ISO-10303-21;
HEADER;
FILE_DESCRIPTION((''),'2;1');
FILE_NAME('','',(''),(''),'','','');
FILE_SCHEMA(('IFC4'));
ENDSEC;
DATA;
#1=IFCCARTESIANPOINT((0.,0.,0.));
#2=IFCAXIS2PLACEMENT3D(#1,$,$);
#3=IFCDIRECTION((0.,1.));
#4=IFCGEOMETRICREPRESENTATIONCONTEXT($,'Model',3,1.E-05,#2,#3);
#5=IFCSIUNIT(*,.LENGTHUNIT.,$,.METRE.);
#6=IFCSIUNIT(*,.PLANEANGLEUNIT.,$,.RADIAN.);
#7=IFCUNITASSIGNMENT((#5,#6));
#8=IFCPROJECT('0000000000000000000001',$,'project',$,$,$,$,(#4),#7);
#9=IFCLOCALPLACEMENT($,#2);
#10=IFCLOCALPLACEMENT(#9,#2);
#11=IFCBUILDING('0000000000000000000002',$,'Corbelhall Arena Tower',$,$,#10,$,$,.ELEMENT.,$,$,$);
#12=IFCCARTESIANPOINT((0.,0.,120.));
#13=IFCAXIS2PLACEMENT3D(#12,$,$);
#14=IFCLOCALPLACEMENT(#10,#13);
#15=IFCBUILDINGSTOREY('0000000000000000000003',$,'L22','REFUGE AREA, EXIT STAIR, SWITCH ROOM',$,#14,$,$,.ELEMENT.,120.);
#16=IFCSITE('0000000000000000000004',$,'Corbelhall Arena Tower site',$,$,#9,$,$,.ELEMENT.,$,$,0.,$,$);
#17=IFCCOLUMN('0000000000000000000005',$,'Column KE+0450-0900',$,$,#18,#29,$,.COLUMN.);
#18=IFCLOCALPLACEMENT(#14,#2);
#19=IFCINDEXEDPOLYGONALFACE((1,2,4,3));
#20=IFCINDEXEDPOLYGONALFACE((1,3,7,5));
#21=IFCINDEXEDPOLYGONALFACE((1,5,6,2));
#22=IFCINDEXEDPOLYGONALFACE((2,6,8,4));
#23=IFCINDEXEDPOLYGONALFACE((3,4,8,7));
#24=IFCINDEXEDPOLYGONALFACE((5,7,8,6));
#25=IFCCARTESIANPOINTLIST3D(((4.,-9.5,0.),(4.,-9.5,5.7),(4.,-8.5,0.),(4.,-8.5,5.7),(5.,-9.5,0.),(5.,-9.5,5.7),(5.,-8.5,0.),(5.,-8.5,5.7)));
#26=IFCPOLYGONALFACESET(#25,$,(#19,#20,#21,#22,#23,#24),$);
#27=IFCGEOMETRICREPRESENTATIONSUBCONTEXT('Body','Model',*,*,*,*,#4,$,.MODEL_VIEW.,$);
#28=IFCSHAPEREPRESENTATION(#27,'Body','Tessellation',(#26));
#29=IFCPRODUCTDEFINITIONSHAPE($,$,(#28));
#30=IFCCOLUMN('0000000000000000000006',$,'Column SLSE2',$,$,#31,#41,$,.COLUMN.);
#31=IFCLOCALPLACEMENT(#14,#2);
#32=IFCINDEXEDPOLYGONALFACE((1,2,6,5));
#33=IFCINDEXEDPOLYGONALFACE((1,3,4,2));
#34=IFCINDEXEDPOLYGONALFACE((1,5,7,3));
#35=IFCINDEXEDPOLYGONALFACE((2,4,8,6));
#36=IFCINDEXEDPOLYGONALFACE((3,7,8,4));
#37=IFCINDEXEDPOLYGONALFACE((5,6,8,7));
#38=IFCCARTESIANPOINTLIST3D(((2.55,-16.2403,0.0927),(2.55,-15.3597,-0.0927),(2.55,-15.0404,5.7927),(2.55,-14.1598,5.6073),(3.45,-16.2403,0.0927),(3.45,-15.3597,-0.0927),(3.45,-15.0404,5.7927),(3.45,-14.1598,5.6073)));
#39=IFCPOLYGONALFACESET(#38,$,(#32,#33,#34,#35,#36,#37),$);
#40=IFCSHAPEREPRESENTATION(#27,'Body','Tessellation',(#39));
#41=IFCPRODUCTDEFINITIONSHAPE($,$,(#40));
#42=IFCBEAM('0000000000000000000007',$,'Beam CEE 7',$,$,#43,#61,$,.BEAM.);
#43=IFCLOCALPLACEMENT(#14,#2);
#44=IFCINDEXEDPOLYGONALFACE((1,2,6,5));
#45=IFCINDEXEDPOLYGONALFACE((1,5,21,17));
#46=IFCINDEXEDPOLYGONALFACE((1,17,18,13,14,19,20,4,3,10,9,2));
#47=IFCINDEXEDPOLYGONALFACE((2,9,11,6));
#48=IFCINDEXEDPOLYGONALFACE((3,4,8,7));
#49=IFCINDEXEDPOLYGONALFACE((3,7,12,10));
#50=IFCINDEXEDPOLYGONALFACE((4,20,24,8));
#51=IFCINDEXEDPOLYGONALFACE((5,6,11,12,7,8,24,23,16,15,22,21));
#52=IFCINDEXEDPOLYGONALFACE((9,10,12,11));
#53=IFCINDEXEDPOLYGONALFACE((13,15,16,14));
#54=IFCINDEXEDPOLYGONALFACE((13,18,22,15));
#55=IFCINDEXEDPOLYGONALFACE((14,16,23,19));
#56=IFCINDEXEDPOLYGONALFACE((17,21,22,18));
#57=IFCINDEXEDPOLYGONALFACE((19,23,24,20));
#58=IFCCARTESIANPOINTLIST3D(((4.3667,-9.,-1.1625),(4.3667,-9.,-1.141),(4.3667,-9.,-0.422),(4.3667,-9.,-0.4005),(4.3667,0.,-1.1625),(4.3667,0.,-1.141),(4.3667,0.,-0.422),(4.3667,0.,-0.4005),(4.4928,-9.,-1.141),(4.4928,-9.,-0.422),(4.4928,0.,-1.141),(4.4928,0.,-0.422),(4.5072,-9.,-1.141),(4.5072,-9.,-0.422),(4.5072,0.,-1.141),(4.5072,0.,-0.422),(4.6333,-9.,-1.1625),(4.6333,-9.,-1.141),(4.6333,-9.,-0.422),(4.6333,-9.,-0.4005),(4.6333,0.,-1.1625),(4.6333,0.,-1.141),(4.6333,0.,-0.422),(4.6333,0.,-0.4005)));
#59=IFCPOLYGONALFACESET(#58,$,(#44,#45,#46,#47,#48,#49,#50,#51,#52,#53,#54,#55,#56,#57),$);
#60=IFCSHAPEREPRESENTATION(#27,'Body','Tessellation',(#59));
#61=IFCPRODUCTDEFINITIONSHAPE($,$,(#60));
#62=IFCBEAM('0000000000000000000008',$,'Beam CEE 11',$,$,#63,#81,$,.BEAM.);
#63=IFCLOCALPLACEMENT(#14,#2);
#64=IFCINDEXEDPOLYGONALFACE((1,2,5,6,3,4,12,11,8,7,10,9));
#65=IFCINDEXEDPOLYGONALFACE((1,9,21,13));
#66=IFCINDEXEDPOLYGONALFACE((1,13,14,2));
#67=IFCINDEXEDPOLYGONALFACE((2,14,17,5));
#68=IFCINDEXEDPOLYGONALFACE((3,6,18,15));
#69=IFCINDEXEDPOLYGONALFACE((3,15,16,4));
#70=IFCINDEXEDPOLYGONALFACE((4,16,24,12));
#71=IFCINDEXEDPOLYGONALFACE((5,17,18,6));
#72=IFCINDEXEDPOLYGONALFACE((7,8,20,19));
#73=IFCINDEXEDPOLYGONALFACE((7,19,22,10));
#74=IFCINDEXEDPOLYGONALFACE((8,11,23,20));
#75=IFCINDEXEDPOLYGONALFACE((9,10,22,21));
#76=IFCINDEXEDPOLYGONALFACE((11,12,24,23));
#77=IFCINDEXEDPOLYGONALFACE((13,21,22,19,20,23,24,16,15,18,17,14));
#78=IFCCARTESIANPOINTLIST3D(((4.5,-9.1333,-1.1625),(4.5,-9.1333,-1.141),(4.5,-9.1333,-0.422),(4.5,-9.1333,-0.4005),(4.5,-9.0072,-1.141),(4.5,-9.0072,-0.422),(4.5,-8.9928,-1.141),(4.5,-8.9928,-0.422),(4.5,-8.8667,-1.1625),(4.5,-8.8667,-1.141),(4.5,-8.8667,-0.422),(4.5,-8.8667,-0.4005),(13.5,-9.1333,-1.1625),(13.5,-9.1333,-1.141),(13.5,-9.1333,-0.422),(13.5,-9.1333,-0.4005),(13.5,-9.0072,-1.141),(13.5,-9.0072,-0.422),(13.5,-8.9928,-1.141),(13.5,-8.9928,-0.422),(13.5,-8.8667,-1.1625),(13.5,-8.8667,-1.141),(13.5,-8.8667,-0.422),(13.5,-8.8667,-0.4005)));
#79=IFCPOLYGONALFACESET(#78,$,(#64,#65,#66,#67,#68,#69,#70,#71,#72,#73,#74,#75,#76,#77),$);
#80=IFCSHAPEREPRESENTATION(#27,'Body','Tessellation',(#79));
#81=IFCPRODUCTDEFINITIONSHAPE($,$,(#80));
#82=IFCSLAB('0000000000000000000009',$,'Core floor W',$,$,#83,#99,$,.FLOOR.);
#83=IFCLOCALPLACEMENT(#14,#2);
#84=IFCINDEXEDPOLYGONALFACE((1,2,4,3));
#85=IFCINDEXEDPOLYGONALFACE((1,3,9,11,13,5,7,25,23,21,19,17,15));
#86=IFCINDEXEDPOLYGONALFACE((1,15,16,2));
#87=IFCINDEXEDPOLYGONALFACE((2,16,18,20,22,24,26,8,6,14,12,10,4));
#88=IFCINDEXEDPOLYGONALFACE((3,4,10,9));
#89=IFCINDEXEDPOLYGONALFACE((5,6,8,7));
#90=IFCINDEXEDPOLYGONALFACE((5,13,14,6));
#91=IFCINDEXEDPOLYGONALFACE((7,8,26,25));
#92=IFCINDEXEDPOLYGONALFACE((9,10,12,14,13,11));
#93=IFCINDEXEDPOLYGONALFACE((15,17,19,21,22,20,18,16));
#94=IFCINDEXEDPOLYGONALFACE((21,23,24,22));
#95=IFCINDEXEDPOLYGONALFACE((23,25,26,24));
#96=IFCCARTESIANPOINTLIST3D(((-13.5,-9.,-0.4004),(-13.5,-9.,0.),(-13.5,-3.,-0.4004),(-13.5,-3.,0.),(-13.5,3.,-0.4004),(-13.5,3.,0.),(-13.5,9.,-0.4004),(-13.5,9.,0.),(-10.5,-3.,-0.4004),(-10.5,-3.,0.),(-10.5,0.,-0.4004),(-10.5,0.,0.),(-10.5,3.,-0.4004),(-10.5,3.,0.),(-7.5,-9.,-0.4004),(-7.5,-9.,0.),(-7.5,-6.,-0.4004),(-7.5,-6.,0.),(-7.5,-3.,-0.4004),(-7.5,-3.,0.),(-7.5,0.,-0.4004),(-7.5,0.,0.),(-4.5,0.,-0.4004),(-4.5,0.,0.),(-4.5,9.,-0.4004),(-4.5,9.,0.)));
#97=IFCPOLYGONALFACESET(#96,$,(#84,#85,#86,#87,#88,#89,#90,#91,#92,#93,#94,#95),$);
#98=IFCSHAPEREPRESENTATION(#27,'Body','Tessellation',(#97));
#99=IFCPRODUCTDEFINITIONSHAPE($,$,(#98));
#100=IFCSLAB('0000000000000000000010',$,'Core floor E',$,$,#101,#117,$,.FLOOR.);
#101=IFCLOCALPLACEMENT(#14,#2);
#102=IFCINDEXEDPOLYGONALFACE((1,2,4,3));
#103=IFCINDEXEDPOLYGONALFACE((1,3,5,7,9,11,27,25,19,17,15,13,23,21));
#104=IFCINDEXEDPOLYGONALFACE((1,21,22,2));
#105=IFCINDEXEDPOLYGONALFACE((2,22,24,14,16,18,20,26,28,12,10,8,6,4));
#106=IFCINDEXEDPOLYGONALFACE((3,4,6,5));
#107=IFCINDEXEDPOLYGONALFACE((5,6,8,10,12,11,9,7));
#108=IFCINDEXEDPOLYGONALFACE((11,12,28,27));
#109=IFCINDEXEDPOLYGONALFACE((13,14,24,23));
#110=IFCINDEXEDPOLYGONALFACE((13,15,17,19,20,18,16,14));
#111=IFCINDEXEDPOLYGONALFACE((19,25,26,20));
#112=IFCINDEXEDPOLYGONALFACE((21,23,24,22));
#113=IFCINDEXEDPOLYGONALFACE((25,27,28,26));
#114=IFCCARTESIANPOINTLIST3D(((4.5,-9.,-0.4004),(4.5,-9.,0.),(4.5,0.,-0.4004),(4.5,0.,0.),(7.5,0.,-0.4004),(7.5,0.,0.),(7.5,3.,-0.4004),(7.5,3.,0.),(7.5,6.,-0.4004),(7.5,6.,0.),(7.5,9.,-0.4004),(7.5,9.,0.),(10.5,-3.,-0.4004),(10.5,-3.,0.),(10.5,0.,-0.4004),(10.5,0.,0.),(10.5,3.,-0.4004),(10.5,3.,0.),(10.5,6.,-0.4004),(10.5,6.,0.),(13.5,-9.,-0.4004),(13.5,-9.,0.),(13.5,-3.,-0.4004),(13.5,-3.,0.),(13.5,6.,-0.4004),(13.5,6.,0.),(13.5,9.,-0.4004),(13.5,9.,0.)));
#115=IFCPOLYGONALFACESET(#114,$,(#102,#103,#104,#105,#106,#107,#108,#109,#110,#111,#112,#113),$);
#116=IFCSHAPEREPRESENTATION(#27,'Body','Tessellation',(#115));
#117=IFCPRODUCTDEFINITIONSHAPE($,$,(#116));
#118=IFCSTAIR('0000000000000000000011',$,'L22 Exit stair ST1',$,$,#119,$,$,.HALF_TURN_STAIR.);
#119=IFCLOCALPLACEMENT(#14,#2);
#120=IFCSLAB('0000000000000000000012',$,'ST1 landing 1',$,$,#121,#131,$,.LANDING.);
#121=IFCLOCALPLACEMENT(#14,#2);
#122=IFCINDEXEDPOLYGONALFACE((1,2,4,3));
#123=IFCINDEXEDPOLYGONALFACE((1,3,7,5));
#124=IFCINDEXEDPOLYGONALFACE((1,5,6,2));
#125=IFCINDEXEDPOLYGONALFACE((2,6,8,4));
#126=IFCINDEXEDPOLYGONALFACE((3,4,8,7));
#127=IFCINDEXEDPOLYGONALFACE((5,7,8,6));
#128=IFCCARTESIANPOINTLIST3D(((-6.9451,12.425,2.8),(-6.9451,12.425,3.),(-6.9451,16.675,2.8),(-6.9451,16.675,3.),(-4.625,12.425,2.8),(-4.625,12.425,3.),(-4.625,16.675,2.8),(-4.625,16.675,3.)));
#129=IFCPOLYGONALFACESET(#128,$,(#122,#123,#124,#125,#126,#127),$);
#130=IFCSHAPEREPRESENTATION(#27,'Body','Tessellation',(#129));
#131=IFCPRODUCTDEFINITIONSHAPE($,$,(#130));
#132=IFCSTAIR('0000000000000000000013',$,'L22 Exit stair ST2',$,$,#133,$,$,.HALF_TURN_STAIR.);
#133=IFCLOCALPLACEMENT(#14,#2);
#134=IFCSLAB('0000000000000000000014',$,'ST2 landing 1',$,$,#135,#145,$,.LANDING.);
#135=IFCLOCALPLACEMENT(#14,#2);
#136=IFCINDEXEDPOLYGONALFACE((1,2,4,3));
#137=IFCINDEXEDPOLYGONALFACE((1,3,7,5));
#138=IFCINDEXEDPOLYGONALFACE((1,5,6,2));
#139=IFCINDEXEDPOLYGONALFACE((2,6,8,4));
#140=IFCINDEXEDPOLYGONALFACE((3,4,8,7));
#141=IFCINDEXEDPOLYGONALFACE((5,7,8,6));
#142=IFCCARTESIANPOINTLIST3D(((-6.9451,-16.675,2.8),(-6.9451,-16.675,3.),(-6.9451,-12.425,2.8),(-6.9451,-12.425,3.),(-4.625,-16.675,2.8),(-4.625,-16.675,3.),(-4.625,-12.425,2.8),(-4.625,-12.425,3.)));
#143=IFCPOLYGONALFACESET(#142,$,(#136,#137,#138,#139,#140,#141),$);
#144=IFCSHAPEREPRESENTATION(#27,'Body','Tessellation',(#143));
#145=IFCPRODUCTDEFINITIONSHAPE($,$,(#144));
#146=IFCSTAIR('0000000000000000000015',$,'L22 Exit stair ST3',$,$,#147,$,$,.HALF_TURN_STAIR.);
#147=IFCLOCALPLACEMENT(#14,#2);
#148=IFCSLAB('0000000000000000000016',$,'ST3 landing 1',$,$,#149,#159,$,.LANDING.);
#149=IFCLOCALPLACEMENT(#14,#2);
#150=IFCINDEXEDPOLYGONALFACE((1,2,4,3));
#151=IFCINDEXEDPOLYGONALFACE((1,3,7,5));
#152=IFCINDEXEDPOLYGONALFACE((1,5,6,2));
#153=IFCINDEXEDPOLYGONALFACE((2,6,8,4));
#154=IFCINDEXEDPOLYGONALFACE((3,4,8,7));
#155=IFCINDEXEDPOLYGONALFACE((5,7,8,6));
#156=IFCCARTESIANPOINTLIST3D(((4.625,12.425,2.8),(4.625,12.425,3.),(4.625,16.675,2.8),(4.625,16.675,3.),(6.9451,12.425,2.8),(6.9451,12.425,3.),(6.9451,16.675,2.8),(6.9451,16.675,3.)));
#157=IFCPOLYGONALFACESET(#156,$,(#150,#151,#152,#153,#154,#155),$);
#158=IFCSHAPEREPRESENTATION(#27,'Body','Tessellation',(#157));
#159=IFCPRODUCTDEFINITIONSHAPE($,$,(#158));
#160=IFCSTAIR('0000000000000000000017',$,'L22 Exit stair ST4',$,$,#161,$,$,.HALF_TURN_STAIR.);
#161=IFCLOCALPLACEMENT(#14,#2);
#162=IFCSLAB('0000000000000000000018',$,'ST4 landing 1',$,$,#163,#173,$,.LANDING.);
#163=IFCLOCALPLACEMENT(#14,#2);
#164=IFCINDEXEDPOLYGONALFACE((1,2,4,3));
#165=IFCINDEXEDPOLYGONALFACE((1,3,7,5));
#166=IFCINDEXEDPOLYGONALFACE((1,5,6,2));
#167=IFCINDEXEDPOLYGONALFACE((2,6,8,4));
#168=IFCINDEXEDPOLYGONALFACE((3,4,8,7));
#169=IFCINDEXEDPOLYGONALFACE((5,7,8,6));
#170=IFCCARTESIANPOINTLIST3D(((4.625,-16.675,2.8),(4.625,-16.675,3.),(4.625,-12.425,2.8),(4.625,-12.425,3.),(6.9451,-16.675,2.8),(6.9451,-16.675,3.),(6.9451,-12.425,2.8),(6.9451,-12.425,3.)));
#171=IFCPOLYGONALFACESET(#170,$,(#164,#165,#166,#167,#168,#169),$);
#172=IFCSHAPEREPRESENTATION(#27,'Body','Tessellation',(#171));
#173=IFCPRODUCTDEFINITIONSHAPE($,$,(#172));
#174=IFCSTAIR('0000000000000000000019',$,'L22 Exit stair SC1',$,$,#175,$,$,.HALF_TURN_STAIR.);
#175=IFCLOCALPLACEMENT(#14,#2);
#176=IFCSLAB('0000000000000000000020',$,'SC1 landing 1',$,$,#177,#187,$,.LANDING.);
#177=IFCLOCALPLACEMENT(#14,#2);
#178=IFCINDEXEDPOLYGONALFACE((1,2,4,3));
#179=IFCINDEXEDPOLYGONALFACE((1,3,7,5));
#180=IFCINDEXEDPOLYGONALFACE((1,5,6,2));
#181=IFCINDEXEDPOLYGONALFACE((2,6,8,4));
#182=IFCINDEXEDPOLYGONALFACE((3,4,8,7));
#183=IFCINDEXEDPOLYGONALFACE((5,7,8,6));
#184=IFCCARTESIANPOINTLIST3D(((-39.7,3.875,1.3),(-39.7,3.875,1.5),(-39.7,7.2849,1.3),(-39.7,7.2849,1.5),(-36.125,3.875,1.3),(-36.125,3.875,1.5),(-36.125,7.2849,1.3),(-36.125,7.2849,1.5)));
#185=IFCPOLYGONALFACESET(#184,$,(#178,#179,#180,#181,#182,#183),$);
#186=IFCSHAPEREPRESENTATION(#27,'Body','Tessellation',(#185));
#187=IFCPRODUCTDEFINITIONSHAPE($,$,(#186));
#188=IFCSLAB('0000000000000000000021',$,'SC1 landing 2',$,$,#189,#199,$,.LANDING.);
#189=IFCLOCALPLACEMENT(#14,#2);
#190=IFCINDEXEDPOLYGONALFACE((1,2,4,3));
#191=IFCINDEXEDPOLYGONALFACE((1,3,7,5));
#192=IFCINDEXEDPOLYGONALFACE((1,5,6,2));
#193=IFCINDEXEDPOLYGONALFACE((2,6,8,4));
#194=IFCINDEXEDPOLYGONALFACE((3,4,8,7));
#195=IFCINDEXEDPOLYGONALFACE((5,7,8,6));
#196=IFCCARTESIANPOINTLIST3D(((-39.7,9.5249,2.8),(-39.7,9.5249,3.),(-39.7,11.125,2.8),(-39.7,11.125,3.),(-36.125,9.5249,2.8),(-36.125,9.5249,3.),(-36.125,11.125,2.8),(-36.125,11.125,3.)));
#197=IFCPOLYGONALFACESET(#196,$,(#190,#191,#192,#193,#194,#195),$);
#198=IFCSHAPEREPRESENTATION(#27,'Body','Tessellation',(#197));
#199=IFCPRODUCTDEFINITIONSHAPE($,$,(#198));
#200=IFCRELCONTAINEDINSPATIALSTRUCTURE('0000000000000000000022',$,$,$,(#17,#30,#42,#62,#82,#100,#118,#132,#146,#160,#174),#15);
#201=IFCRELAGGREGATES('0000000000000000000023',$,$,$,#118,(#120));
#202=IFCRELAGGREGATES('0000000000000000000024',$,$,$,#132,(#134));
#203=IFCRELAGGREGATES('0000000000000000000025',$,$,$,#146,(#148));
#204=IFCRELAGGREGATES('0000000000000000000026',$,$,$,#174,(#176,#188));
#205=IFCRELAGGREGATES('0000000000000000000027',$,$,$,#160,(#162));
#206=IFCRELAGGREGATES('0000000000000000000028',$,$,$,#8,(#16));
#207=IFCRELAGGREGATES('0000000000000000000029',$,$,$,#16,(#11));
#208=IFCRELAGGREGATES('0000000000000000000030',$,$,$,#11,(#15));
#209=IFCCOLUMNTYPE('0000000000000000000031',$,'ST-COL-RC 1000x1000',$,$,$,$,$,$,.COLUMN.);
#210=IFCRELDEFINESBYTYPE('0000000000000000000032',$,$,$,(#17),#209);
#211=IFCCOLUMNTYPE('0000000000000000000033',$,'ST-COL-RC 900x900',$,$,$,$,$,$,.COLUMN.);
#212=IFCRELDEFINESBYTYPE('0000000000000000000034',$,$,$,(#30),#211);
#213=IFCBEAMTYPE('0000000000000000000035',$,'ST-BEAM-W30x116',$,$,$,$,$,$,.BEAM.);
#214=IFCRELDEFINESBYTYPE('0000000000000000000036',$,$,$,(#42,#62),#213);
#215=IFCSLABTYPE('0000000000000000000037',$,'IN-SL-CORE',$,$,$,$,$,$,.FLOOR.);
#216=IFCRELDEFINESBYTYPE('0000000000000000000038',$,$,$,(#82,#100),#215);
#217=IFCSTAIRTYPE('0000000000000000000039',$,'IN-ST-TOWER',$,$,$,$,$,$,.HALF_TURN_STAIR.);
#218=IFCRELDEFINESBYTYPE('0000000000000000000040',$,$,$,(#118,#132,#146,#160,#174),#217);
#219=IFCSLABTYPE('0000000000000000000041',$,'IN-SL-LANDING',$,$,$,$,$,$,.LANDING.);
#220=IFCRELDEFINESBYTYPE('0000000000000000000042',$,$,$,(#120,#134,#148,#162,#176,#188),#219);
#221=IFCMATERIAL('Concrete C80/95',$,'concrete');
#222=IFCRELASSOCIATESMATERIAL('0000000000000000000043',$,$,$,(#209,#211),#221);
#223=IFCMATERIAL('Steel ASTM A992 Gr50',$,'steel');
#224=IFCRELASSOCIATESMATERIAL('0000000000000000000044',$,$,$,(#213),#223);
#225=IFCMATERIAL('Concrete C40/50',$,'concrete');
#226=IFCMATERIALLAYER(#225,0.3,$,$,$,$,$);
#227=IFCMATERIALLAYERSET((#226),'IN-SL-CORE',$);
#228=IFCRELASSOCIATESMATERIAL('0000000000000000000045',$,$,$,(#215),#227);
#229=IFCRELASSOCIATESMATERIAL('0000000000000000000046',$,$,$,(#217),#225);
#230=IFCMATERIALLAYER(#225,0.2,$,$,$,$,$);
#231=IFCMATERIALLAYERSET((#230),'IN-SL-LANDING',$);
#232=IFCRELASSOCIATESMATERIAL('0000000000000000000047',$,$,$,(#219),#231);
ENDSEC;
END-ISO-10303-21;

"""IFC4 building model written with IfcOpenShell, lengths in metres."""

from ifc_helpers import new_model, si_unit, direction, frame, origin, origin_2d, place, context, subcontext, project, spatial, polyline, rectangle, i_section, outline, extrude, material, layer, layer_set, material_profile, profile_set, type_object, element, aggregate, save


model = new_model("IFC4")

# Units and contexts
model_context = context("Model", 3, precision=1e-05, world=origin(), true_north=direction((0.0, 1.0)))
body_context = subcontext(model_context, "Body", "Model", "MODEL_VIEW")
ifc_project = project(units=[si_unit("LENGTHUNIT", "METRE"), si_unit("PLANEANGLEUNIT", "RADIAN")], contexts=[model_context])

# Site, building, storey
site_placement = place(None, origin())
site = spatial("IfcSite", under=ifc_project, at=site_placement, Name="Corbelhall Arena Tower site", CompositionType="ELEMENT", RefElevation=0.0)
building_placement = place(site_placement, origin())
building = spatial("IfcBuilding", under=site, at=building_placement, Name="Corbelhall Arena Tower", CompositionType="ELEMENT")
storey_placement = place(building_placement, frame((0.0, 0.0, 120.0)))
storey = spatial("IfcBuildingStorey", under=building, at=storey_placement, Name="L22", Description="REFUGE AREA, EXIT STAIR, SWITCH ROOM", CompositionType="ELEMENT", Elevation=120.0)

# Columns
ifc_material_1 = material(Name="Concrete C80/95", Category="concrete")
ifc_material_profile_1 = material_profile(ifc_material_1, rectangle(XDim=1.0, YDim=1.0, at=origin_2d()))
ifc_profile_set_1 = profile_set([ifc_material_profile_1], Name="Concrete C80/95")
column_type_1 = type_object("IfcColumnType", Name="ST-COL-RC 1000x1000", PredefinedType="COLUMN", material=ifc_profile_set_1)
column_1_placement = place(storey_placement, frame((4.5, -9.0, 0.0), z_axis=(0.0, 0.0, 1.0), x_axis=(1.0, 0.0, 0.0)))
element("IfcColumn", 1, at=column_1_placement, inside=storey, type_object=column_type_1, Name="Column KE+0450-0900", PredefinedType="COLUMN", context=body_context, shape_type="SweptSolid", body=[
    extrude(rectangle(XDim=1.0, YDim=1.0, at=origin_2d()), origin(), (0.0, 0.0, 1.0), 5.7),
])
ifc_material_profile_2 = material_profile(ifc_material_1, rectangle(XDim=0.8999, YDim=0.8999, at=origin_2d()))
ifc_profile_set_2 = profile_set([ifc_material_profile_2], Name="Concrete C80/95")
column_type_2 = type_object("IfcColumnType", Name="ST-COL-RC 900x900", PredefinedType="COLUMN", material=ifc_profile_set_2)
column_2_placement = place(storey_placement, frame((3.0, -15.8, 0.0), z_axis=(0.0, 0.206004, 0.978551), x_axis=(-1.0, 0.0, 0.0)))
element("IfcColumn", 2, at=column_2_placement, inside=storey, type_object=column_type_2, Name="Column SLSE2", PredefinedType="COLUMN", context=body_context, shape_type="SweptSolid", body=[
    extrude(rectangle(XDim=0.8999, YDim=0.8999, at=origin_2d()), origin(), (0.0, 0.0, 1.0), 5.825),
])

# Beams
ifc_material_2 = material(Name="Steel ASTM A992 Gr50", Category="steel")
ifc_material_profile_3 = material_profile(ifc_material_2, i_section(OverallWidth=0.2666, OverallDepth=0.762, WebThickness=0.0144, FlangeThickness=0.0215, at=origin_2d()))
ifc_profile_set_3 = profile_set([ifc_material_profile_3], Name="Steel ASTM A992 Gr50")
beam_type = type_object("IfcBeamType", Name="ST-BEAM-W30x116", PredefinedType="BEAM", material=ifc_profile_set_3)
for number, where, z_axis, x_axis, name in (
    (3, (4.5, -9.0, -0.7815), (0.0, 1.0, 0.0), (-1.0, 0.0, 0.0), "Beam CEE 7"),
    (4, (4.5, -9.0, -0.7815), (1.0, 0.0, 0.0), (0.0, 1.0, 0.0), "Beam CEE 11"),
):
    element("IfcBeam", number, at=place(storey_placement, frame(where, z_axis=z_axis, x_axis=x_axis)), inside=storey, type_object=beam_type, Name=name, PredefinedType="BEAM", context=body_context, shape_type="SweptSolid", body=[
        extrude(i_section(OverallWidth=0.2666, OverallDepth=0.762, WebThickness=0.0144, FlangeThickness=0.0215, at=origin_2d()), origin(), (0.0, 0.0, 1.0), 9.0),
    ])

# Slabs
ifc_material_3 = material(Name="Concrete C40/50", Category="concrete")
ifc_layer_1 = layer(ifc_material_3, 0.3)
ifc_layer_set_1 = layer_set([ifc_layer_1], Name="IN-SL-CORE")
slab_type_1 = type_object("IfcSlabType", Name="IN-SL-CORE", PredefinedType="FLOOR", material=ifc_layer_set_1)
slab_1_placement = place(storey_placement, frame((0.0, 0.0, -0.4004)))
element("IfcSlab", 5, at=slab_1_placement, inside=storey, type_object=slab_type_1, Name="Core floor W", PredefinedType="FLOOR", context=body_context, shape_type="SweptSolid", body=[
    extrude(outline(polyline([(-7.5, 0.0), (-4.5, 0.0), (-4.5, 9.0), (-13.5, 9.0), (-13.5, 3.0), (-10.5, 3.0), (-10.5, 0.0), (-10.5, -3.0), (-13.5, -3.0), (-13.5, -9.0), (-7.5, -9.0), (-7.5, -6.0), (-7.5, -3.0), (-7.5, 0.0)])), origin(), (0.0, 0.0, 1.0), 0.4004),
])
slab_2_placement = place(storey_placement, frame((0.0, 0.0, -0.4004)))
element("IfcSlab", 6, at=slab_2_placement, inside=storey, type_object=slab_type_1, Name="Core floor E", PredefinedType="FLOOR", context=body_context, shape_type="SweptSolid", body=[
    extrude(outline(polyline([(7.5, 0.0), (4.5, 0.0), (4.5, -9.0), (13.5, -9.0), (13.5, -3.0), (10.5, -3.0), (10.5, 0.0), (10.5, 3.0), (10.5, 6.0), (13.5, 6.0), (13.5, 9.0), (7.5, 9.0), (7.5, 6.0), (7.5, 3.0), (7.5, 0.0)])), origin(), (0.0, 0.0, 1.0), 0.4004),
])

# Stairs, slabs
stair_type = type_object("IfcStairType", Name="IN-ST-TOWER", PredefinedType="HALF_TURN_STAIR", material=ifc_material_3)
stair_1_placement = place(storey_placement, origin())
stair_1 = element("IfcStair", 7, at=stair_1_placement, inside=storey, type_object=stair_type, Name="L22 Exit stair ST1", PredefinedType="HALF_TURN_STAIR")
ifc_layer_2 = layer(ifc_material_3, 0.2)
ifc_layer_set_2 = layer_set([ifc_layer_2], Name="IN-SL-LANDING")
slab_type_2 = type_object("IfcSlabType", Name="IN-SL-LANDING", PredefinedType="LANDING", material=ifc_layer_set_2)
slab_3_placement = place(storey_placement, frame((0.0, 0.0, 2.8)))
slab_3 = element("IfcSlab", 8, at=slab_3_placement, type_object=slab_type_2, Name="ST1 landing 1", PredefinedType="LANDING", context=body_context, shape_type="SweptSolid", body=[
    extrude(outline(polyline([(-6.9451, 12.425), (-4.625, 12.425), (-4.625, 16.675), (-6.9451, 16.675), (-6.9451, 12.425)])), origin(), (0.0, 0.0, 1.0), 0.2),
])
aggregate(stair_1, [slab_3])
stair_2_placement = place(storey_placement, origin())
stair_2 = element("IfcStair", 9, at=stair_2_placement, inside=storey, type_object=stair_type, Name="L22 Exit stair ST2", PredefinedType="HALF_TURN_STAIR")
slab_4_placement = place(storey_placement, frame((0.0, 0.0, 2.8)))
slab_4 = element("IfcSlab", 10, at=slab_4_placement, type_object=slab_type_2, Name="ST2 landing 1", PredefinedType="LANDING", context=body_context, shape_type="SweptSolid", body=[
    extrude(outline(polyline([(-6.9451, -16.675), (-4.625, -16.675), (-4.625, -12.425), (-6.9451, -12.425), (-6.9451, -16.675)])), origin(), (0.0, 0.0, 1.0), 0.2),
])
aggregate(stair_2, [slab_4])
stair_3_placement = place(storey_placement, origin())
stair_3 = element("IfcStair", 11, at=stair_3_placement, inside=storey, type_object=stair_type, Name="L22 Exit stair ST3", PredefinedType="HALF_TURN_STAIR")
slab_5_placement = place(storey_placement, frame((0.0, 0.0, 2.8)))
slab_5 = element("IfcSlab", 12, at=slab_5_placement, type_object=slab_type_2, Name="ST3 landing 1", PredefinedType="LANDING", context=body_context, shape_type="SweptSolid", body=[
    extrude(outline(polyline([(6.9451, 16.675), (4.625, 16.675), (4.625, 12.425), (6.9451, 12.425), (6.9451, 16.675)])), origin(), (0.0, 0.0, 1.0), 0.2),
])
aggregate(stair_3, [slab_5])
stair_4_placement = place(storey_placement, origin())
stair_4 = element("IfcStair", 13, at=stair_4_placement, inside=storey, type_object=stair_type, Name="L22 Exit stair ST4", PredefinedType="HALF_TURN_STAIR")
slab_6_placement = place(storey_placement, frame((0.0, 0.0, 2.8)))
slab_6 = element("IfcSlab", 14, at=slab_6_placement, type_object=slab_type_2, Name="ST4 landing 1", PredefinedType="LANDING", context=body_context, shape_type="SweptSolid", body=[
    extrude(outline(polyline([(6.9451, -12.425), (4.625, -12.425), (4.625, -16.675), (6.9451, -16.675), (6.9451, -12.425)])), origin(), (0.0, 0.0, 1.0), 0.2),
])

# Stair, slabs
stair_5_placement = place(storey_placement, origin())
stair_5 = element("IfcStair", 15, at=stair_5_placement, inside=storey, type_object=stair_type, Name="L22 Exit stair SC1", PredefinedType="HALF_TURN_STAIR")
slab_7_placement = place(storey_placement, frame((0.0, 0.0, 1.3)))
slab_7 = element("IfcSlab", 16, at=slab_7_placement, type_object=slab_type_2, Name="SC1 landing 1", PredefinedType="LANDING", context=body_context, shape_type="SweptSolid", body=[
    extrude(outline(polyline([(-39.7, 7.2849), (-39.7, 3.875), (-36.125, 3.875), (-36.125, 7.2849), (-39.7, 7.2849)])), origin(), (0.0, 0.0, 1.0), 0.2),
])
slab_8_placement = place(storey_placement, frame((0.0, 0.0, 2.8)))
slab_8 = element("IfcSlab", 17, at=slab_8_placement, type_object=slab_type_2, Name="SC1 landing 2", PredefinedType="LANDING", context=body_context, shape_type="SweptSolid", body=[
    extrude(outline(polyline([(-39.7, 11.125), (-39.7, 9.5249), (-36.125, 9.5249), (-36.125, 11.125), (-39.7, 11.125)])), origin(), (0.0, 0.0, 1.0), 0.2),
])
aggregate(stair_5, [slab_7, slab_8])

aggregate(stair_4, [slab_6])

save(model, "model.ifc")
